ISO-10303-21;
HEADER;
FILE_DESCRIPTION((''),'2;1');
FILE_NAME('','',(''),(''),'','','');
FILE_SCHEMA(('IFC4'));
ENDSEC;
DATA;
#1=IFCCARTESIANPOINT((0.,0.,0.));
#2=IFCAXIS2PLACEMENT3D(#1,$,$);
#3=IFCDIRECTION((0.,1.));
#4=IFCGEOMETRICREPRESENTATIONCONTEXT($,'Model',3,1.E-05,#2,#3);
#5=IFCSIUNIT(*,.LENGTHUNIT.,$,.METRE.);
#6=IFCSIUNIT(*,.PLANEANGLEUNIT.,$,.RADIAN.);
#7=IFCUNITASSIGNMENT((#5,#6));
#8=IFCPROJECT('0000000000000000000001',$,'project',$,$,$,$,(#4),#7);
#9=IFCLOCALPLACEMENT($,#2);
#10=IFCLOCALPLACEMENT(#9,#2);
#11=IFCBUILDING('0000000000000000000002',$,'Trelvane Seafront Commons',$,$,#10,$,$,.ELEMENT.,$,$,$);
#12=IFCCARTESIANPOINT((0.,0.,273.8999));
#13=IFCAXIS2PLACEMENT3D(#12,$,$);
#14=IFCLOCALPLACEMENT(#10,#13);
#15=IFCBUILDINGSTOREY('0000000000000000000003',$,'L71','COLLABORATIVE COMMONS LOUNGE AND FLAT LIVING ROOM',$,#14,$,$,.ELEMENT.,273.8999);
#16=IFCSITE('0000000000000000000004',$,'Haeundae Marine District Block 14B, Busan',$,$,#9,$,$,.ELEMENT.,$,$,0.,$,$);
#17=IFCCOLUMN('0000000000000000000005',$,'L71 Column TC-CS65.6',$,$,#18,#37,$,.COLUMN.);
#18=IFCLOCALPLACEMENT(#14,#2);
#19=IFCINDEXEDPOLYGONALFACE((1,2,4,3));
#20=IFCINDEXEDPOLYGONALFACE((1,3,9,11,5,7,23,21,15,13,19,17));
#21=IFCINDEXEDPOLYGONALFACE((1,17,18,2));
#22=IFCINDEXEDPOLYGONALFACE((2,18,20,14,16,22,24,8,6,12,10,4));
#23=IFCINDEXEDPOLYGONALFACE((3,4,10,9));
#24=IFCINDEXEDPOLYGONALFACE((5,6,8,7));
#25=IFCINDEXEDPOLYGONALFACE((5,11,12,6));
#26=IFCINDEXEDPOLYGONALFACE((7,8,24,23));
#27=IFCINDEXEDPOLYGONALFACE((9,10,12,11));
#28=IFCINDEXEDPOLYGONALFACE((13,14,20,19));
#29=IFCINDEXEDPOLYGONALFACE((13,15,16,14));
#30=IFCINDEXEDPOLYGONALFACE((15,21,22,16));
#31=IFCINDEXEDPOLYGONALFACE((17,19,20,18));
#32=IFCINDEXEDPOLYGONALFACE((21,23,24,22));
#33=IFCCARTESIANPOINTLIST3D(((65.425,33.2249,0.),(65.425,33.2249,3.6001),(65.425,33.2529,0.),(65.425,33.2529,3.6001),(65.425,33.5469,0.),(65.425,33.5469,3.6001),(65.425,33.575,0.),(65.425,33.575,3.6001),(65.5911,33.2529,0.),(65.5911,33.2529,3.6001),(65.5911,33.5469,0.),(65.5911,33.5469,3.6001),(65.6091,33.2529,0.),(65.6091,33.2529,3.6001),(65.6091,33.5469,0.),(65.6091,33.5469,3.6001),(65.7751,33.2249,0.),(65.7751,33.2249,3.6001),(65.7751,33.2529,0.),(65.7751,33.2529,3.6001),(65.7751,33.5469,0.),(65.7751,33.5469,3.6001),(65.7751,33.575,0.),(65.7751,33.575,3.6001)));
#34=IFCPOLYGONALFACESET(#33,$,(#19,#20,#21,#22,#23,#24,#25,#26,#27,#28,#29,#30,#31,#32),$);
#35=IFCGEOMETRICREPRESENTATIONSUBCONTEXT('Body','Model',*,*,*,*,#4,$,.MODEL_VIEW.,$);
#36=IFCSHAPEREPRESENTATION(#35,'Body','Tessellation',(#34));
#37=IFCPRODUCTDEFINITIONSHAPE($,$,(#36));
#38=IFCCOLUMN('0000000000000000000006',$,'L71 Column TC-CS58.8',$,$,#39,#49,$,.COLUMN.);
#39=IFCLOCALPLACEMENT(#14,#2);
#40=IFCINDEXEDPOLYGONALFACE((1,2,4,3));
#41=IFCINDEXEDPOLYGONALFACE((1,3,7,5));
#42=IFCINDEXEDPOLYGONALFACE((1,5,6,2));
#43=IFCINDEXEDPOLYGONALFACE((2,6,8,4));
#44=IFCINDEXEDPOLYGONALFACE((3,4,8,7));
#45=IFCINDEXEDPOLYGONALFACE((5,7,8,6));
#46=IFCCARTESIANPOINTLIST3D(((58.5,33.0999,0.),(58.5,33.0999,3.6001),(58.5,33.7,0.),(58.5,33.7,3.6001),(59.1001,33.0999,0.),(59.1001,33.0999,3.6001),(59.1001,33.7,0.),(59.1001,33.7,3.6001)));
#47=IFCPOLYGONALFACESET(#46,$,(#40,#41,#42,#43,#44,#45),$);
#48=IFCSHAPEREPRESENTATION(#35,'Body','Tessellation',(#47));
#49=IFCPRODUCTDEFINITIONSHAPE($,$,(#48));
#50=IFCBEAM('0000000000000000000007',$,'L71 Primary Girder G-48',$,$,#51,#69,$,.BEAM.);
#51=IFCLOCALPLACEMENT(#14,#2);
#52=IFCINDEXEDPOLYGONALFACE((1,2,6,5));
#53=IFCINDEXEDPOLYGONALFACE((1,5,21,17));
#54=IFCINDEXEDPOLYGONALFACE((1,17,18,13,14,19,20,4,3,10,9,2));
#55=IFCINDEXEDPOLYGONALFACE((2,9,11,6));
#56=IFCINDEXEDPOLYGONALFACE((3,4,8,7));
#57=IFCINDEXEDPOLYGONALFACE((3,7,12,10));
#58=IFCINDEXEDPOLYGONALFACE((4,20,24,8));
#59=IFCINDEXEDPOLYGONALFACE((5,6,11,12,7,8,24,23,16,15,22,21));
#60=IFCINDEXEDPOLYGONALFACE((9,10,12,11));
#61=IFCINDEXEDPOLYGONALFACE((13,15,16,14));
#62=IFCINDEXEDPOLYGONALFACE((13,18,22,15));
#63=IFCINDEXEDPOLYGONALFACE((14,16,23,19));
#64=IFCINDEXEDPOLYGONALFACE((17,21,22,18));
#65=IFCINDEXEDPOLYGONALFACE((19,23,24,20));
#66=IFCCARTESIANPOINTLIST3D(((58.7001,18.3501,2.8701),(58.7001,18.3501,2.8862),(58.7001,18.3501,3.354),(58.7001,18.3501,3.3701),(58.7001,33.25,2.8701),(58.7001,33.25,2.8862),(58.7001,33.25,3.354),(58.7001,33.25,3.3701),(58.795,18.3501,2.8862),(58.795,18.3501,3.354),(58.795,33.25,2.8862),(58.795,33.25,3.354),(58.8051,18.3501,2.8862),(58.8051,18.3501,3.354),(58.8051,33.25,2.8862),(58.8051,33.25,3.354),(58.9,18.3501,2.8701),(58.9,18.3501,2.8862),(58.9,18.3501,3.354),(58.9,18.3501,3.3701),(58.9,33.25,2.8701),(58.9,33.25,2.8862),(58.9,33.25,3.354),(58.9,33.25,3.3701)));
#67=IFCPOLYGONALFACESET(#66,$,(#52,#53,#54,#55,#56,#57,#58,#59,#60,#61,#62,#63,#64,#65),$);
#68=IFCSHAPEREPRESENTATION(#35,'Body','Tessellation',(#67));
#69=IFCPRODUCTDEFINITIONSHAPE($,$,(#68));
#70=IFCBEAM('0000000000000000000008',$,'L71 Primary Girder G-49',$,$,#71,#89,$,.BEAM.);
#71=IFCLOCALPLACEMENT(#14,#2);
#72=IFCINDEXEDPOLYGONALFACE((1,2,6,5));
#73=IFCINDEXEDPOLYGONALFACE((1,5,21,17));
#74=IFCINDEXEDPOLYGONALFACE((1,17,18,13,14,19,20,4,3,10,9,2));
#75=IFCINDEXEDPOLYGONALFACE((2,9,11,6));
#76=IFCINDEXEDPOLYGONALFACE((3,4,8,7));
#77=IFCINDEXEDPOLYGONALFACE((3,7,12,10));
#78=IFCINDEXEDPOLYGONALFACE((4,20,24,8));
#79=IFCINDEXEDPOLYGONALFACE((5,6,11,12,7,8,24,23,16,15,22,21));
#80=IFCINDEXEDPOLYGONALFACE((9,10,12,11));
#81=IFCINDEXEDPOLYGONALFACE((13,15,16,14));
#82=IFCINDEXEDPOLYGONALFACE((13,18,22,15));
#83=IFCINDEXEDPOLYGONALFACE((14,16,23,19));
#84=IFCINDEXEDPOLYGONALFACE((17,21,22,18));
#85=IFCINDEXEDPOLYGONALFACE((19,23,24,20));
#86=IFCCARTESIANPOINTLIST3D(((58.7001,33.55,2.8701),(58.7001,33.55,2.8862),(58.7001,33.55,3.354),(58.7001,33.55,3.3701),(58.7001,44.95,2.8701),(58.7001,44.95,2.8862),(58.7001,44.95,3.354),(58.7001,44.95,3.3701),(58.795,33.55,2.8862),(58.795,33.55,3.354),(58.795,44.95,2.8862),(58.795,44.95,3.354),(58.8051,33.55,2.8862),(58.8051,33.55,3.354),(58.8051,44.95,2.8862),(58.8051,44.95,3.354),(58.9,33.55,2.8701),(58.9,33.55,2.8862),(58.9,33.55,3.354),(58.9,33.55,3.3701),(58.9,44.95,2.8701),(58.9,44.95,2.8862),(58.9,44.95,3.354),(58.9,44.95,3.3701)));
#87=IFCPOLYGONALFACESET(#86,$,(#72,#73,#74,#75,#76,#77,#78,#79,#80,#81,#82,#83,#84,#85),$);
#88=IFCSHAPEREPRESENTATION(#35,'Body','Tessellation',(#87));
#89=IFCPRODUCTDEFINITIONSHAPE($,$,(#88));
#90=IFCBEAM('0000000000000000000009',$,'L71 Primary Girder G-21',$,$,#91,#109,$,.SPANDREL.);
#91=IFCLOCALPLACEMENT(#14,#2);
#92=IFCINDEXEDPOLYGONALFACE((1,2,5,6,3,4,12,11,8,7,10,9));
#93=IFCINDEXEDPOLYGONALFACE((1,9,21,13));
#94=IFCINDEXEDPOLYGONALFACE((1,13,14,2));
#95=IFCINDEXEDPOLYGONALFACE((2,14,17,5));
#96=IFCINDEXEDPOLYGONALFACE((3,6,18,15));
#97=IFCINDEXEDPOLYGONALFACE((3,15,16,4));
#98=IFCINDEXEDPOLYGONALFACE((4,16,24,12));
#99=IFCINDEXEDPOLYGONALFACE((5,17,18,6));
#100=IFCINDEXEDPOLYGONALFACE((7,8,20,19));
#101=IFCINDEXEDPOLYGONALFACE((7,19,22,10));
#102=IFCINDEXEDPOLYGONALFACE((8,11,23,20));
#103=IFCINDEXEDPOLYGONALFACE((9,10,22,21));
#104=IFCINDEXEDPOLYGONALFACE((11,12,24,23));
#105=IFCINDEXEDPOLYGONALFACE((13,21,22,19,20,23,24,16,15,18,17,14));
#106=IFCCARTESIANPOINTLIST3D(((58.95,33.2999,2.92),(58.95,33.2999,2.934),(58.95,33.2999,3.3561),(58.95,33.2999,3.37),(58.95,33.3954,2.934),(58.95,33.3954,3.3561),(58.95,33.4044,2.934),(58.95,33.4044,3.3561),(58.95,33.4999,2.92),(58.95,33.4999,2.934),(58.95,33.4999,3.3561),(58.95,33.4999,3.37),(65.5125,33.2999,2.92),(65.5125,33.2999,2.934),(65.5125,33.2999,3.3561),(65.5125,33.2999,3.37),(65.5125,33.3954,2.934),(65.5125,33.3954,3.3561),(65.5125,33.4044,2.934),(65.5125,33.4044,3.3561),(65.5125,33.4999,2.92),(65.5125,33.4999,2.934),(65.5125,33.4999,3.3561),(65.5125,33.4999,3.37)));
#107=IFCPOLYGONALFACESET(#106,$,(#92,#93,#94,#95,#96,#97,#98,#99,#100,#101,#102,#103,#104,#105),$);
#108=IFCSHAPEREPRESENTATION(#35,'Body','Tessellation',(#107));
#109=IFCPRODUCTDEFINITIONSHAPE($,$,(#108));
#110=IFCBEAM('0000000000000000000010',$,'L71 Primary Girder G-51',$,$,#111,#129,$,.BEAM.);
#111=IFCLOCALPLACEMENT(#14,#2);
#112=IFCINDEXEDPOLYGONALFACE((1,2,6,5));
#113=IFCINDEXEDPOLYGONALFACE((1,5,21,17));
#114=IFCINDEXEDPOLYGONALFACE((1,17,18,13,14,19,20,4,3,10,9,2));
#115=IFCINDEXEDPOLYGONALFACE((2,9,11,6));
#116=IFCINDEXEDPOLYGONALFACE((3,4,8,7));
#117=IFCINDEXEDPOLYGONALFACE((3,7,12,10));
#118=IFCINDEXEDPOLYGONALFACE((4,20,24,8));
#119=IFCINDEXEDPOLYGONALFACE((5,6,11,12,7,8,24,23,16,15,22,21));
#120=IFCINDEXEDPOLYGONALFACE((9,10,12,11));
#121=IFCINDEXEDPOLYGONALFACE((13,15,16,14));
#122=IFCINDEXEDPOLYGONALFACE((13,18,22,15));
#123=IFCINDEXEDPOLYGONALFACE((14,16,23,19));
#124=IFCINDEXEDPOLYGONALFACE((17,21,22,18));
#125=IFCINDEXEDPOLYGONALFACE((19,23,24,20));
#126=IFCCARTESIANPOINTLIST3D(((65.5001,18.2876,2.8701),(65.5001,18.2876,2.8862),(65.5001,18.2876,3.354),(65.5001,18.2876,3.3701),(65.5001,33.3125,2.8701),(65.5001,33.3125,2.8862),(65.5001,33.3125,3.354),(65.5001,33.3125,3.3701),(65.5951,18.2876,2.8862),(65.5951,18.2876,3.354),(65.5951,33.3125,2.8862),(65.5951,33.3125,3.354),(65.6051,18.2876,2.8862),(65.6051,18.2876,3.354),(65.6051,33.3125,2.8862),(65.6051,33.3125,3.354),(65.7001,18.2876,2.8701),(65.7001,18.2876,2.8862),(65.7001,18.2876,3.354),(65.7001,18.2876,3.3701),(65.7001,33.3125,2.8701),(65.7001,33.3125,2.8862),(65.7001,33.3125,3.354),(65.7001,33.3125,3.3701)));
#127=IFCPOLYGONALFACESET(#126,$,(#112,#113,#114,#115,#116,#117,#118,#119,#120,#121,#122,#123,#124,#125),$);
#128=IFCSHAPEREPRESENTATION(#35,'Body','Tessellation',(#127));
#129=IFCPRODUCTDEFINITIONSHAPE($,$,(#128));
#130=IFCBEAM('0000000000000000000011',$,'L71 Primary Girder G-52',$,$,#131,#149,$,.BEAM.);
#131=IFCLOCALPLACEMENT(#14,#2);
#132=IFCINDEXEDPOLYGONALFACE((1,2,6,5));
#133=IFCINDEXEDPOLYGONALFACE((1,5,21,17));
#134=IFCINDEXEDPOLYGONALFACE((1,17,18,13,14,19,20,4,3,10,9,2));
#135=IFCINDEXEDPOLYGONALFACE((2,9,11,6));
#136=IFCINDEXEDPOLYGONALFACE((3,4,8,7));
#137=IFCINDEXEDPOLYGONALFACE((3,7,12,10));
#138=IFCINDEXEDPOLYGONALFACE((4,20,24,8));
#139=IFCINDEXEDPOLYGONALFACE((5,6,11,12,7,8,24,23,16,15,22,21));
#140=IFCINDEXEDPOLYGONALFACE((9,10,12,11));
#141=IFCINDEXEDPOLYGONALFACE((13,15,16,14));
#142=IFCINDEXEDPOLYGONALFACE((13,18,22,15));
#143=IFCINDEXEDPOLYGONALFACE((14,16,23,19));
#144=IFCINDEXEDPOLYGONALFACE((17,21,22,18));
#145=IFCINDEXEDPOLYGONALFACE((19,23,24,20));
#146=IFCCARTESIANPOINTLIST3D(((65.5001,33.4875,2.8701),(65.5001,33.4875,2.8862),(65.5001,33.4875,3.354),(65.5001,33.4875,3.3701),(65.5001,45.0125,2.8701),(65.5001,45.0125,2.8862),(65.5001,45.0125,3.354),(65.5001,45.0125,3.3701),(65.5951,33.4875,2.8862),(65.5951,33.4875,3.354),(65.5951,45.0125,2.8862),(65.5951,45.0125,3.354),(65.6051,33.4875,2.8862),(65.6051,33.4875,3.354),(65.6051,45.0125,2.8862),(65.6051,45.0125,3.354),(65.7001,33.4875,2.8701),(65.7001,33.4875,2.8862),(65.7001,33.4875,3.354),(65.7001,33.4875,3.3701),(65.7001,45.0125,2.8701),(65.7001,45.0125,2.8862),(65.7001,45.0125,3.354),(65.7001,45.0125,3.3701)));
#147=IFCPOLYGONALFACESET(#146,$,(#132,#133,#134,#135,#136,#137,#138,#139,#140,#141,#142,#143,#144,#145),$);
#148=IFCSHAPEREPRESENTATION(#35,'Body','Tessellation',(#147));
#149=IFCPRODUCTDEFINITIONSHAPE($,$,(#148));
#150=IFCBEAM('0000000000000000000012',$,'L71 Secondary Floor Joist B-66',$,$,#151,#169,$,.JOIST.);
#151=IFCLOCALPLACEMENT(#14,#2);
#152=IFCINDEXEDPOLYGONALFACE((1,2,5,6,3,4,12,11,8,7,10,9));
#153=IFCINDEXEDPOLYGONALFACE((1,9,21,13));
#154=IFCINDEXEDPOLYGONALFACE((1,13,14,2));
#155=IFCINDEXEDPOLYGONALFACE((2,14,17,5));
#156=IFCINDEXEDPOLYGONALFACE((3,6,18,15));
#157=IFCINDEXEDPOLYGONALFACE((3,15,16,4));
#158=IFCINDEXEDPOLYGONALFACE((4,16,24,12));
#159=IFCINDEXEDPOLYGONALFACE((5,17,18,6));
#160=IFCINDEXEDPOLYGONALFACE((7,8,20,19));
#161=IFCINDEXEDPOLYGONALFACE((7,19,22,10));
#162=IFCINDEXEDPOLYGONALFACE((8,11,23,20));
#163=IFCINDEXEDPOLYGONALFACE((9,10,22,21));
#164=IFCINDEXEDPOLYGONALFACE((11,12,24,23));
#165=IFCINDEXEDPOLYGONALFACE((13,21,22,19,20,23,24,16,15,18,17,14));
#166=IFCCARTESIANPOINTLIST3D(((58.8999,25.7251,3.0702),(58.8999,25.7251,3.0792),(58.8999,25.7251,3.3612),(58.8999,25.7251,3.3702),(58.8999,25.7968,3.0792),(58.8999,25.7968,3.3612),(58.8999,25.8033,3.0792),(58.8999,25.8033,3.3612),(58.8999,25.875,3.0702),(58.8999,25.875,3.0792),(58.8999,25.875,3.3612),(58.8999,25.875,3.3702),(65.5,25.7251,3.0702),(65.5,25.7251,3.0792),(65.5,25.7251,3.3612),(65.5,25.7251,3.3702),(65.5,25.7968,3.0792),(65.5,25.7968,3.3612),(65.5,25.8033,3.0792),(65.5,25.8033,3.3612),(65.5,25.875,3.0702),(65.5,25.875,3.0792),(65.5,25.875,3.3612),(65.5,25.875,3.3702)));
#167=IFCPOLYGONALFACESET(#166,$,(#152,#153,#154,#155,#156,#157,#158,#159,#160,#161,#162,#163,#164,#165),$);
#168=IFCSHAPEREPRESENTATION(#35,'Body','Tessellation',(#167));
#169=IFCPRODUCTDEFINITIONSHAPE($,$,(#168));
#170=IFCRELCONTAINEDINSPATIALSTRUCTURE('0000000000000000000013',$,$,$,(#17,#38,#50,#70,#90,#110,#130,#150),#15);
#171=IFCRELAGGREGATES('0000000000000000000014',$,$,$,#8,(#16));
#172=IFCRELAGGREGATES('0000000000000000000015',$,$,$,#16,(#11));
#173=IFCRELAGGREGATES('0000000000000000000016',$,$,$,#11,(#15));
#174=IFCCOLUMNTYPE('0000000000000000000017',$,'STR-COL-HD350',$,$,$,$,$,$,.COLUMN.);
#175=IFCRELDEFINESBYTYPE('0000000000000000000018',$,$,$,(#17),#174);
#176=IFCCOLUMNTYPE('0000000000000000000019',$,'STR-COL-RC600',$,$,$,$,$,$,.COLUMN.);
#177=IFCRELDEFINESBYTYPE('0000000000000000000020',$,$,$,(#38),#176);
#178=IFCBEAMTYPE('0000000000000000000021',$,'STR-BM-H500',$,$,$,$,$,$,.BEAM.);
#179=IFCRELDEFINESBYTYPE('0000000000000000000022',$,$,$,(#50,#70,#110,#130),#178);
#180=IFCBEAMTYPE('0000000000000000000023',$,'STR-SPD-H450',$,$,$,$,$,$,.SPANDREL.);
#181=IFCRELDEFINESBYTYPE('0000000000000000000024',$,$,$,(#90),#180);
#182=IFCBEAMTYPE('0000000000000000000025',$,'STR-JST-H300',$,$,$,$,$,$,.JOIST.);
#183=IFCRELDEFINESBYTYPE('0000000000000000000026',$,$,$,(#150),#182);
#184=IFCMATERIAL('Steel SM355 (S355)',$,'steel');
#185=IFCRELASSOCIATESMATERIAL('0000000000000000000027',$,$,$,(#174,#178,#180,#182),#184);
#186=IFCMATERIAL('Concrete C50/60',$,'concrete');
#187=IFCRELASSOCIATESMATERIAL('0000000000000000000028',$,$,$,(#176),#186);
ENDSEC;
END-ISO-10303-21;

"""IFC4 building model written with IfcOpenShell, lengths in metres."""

from ifc_helpers import new_model, si_unit, direction, frame, origin, origin_2d, place, context, subcontext, project, spatial, rectangle, i_section, extrude, source, transform, mapped, material, material_profile, profile_set, type_object, element, save


model = new_model("IFC4")

# Units and contexts
model_context = context("Model", 3, precision=1e-05, world=origin(), true_north=direction((0.0, 1.0)))
body_context = subcontext(model_context, "Body", "Model", "MODEL_VIEW")
ifc_project = project(units=[si_unit("LENGTHUNIT", "METRE"), si_unit("PLANEANGLEUNIT", "RADIAN")], contexts=[model_context])

# Site, building, storey
site_placement = place(None, origin())
site = spatial("IfcSite", under=ifc_project, at=site_placement, Name="Haeundae Marine District Block 14B, Busan", CompositionType="ELEMENT", RefElevation=0.0)
building_placement = place(site_placement, origin())
building = spatial("IfcBuilding", under=site, at=building_placement, Name="Trelvane Seafront Commons", CompositionType="ELEMENT")
storey_placement = place(building_placement, frame((0.0, 0.0, 273.8999)))
storey = spatial("IfcBuildingStorey", under=building, at=storey_placement, Name="L71", Description="COLLABORATIVE COMMONS LOUNGE AND FLAT LIVING ROOM", CompositionType="ELEMENT", Elevation=273.8999)

# Columns
ifc_material_1 = material(Name="Steel SM355 (S355)", Category="steel")
ifc_material_profile_1 = material_profile(ifc_material_1, i_section(OverallWidth=0.3501, OverallDepth=0.3501, WebThickness=0.0181, FlangeThickness=0.0281, at=origin_2d()), Name="HD-350x350x18x28")
ifc_profile_set_1 = profile_set([ifc_material_profile_1], Name="Steel SM355 (S355)")
column_type_1 = type_object("IfcColumnType", Name="STR-COL-HD350", PredefinedType="COLUMN", material=ifc_profile_set_1)
shared_shape_1 = source(origin(), body_context, "Body", "SweptSolid", [
    extrude(i_section(OverallWidth=0.3501, OverallDepth=0.3501, WebThickness=0.0181, FlangeThickness=0.0281, at=origin_2d()), origin(), (0.0, 0.0, 1.0), 3.6001),
])
column_1_placement = place(storey_placement, frame((65.6001, 33.3999, 0.0), z_axis=(0.0, 0.0, 1.0), x_axis=(1.0, 0.0, 0.0)))
element("IfcColumn", 1, at=column_1_placement, inside=storey, type_object=column_type_1, Name="L71 Column TC-CS65.6", PredefinedType="COLUMN", context=body_context, shape_type="MappedRepresentation", body=[
    mapped(shared_shape_1, transform((0.0, 0.0, 0.0), x_axis=(1.0, 0.0, 0.0), y_axis=(0.0, 1.0, 0.0), z_axis=(0.0, 0.0, 1.0), scale=1.0)),
])
ifc_material_2 = material(Name="Concrete C50/60", Category="concrete")
ifc_material_profile_2 = material_profile(ifc_material_2, rectangle(XDim=0.6001, YDim=0.6001, at=origin_2d()), Name="RC-600x600")
ifc_profile_set_2 = profile_set([ifc_material_profile_2], Name="Concrete C50/60")
column_type_2 = type_object("IfcColumnType", Name="STR-COL-RC600", PredefinedType="COLUMN", material=ifc_profile_set_2)
shared_shape_2 = source(origin(), body_context, "Body", "SweptSolid", [
    extrude(rectangle(XDim=0.6001, YDim=0.6001, at=origin_2d()), origin(), (0.0, 0.0, 1.0), 3.6001),
])
column_2_placement = place(storey_placement, frame((58.8, 33.3999, 0.0), z_axis=(0.0, 0.0, 1.0), x_axis=(1.0, 0.0, 0.0)))
element("IfcColumn", 2, at=column_2_placement, inside=storey, type_object=column_type_2, Name="L71 Column TC-CS58.8", PredefinedType="COLUMN", context=body_context, shape_type="MappedRepresentation", body=[
    mapped(shared_shape_2, transform((0.0, 0.0, 0.0), x_axis=(1.0, 0.0, 0.0), y_axis=(0.0, 1.0, 0.0), z_axis=(0.0, 0.0, 1.0), scale=1.0)),
])

# Beams
ifc_material_profile_3 = material_profile(ifc_material_1, i_section(OverallWidth=0.2, OverallDepth=0.5, WebThickness=0.01, FlangeThickness=0.0161, at=origin_2d()), Name="H-500x200x10x16")
ifc_profile_set_3 = profile_set([ifc_material_profile_3], Name="Steel SM355 (S355)")
beam_type_1 = type_object("IfcBeamType", Name="STR-BM-H500", PredefinedType="BEAM", material=ifc_profile_set_3)
shared_shape_3 = source(origin(), body_context, "Body", "SweptSolid", [
    extrude(i_section(OverallWidth=0.2, OverallDepth=0.5, WebThickness=0.01, FlangeThickness=0.0161, at=origin_2d()), origin(), (0.0, 0.0, 1.0), 14.8999),
])
beam_1_placement = place(storey_placement, frame((58.8, 18.3501, 3.1201), z_axis=(0.0, 1.0, 0.0), x_axis=(-1.0, 0.0, 0.0)))
element("IfcBeam", 3, at=beam_1_placement, inside=storey, type_object=beam_type_1, Name="L71 Primary Girder G-48", PredefinedType="BEAM", context=body_context, shape_type="MappedRepresentation", body=[
    mapped(shared_shape_3, transform((0.0, 0.0, 0.0), x_axis=(1.0, 0.0, 0.0), y_axis=(0.0, 1.0, 0.0), z_axis=(0.0, 0.0, 1.0), scale=1.0)),
])
shared_shape_4 = source(origin(), body_context, "Body", "SweptSolid", [
    extrude(i_section(OverallWidth=0.2, OverallDepth=0.5, WebThickness=0.01, FlangeThickness=0.0161, at=origin_2d()), origin(), (0.0, 0.0, 1.0), 11.3999),
])
beam_2_placement = place(storey_placement, frame((58.8, 33.55, 3.1201), z_axis=(0.0, 1.0, 0.0), x_axis=(-1.0, 0.0, 0.0)))
element("IfcBeam", 4, at=beam_2_placement, inside=storey, type_object=beam_type_1, Name="L71 Primary Girder G-49", PredefinedType="BEAM", context=body_context, shape_type="MappedRepresentation", body=[
    mapped(shared_shape_4, transform((0.0, 0.0, 0.0), x_axis=(1.0, 0.0, 0.0), y_axis=(0.0, 1.0, 0.0), z_axis=(0.0, 0.0, 1.0), scale=1.0)),
])
ifc_material_profile_4 = material_profile(ifc_material_1, i_section(OverallWidth=0.2, OverallDepth=0.45, WebThickness=0.009, FlangeThickness=0.0139, at=origin_2d()), Name="H-450x200x9x14")
ifc_profile_set_4 = profile_set([ifc_material_profile_4], Name="Steel SM355 (S355)")
beam_type_2 = type_object("IfcBeamType", Name="STR-SPD-H450", PredefinedType="SPANDREL", material=ifc_profile_set_4)
shared_shape_5 = source(origin(), body_context, "Body", "SweptSolid", [
    extrude(i_section(OverallWidth=0.2, OverallDepth=0.45, WebThickness=0.009, FlangeThickness=0.0139, at=origin_2d()), origin(), (0.0, 0.0, 1.0), 6.5625),
])
beam_3_placement = place(storey_placement, frame((58.95, 33.3999, 3.145), z_axis=(1.0, 0.0, 0.0), x_axis=(0.0, 1.0, 0.0)))
element("IfcBeam", 5, at=beam_3_placement, inside=storey, type_object=beam_type_2, Name="L71 Primary Girder G-21", PredefinedType="SPANDREL", context=body_context, shape_type="MappedRepresentation", body=[
    mapped(shared_shape_5, transform((0.0, 0.0, 0.0), x_axis=(1.0, 0.0, 0.0), y_axis=(0.0, 1.0, 0.0), z_axis=(0.0, 0.0, 1.0), scale=1.0)),
])
shared_shape_6 = source(origin(), body_context, "Body", "SweptSolid", [
    extrude(i_section(OverallWidth=0.2, OverallDepth=0.5, WebThickness=0.01, FlangeThickness=0.0161, at=origin_2d()), origin(), (0.0, 0.0, 1.0), 15.0249),
])
beam_4_placement = place(storey_placement, frame((65.6001, 18.2876, 3.1201), z_axis=(0.0, 1.0, 0.0), x_axis=(-1.0, 0.0, 0.0)))
element("IfcBeam", 6, at=beam_4_placement, inside=storey, type_object=beam_type_1, Name="L71 Primary Girder G-51", PredefinedType="BEAM", context=body_context, shape_type="MappedRepresentation", body=[
    mapped(shared_shape_6, transform((0.0, 0.0, 0.0), x_axis=(1.0, 0.0, 0.0), y_axis=(0.0, 1.0, 0.0), z_axis=(0.0, 0.0, 1.0), scale=1.0)),
])
shared_shape_7 = source(origin(), body_context, "Body", "SweptSolid", [
    extrude(i_section(OverallWidth=0.2, OverallDepth=0.5, WebThickness=0.01, FlangeThickness=0.0161, at=origin_2d()), origin(), (0.0, 0.0, 1.0), 11.5249),
])
beam_5_placement = place(storey_placement, frame((65.6001, 33.4875, 3.1201), z_axis=(0.0, 1.0, 0.0), x_axis=(-1.0, 0.0, 0.0)))
element("IfcBeam", 7, at=beam_5_placement, inside=storey, type_object=beam_type_1, Name="L71 Primary Girder G-52", PredefinedType="BEAM", context=body_context, shape_type="MappedRepresentation", body=[
    mapped(shared_shape_7, transform((0.0, 0.0, 0.0), x_axis=(1.0, 0.0, 0.0), y_axis=(0.0, 1.0, 0.0), z_axis=(0.0, 0.0, 1.0), scale=1.0)),
])
ifc_material_profile_5 = material_profile(ifc_material_1, i_section(OverallWidth=0.1499, OverallDepth=0.3, WebThickness=0.0066, FlangeThickness=0.009, at=origin_2d()), Name="H-300x150x6.5x9")
ifc_profile_set_5 = profile_set([ifc_material_profile_5], Name="Steel SM355 (S355)")
beam_type_3 = type_object("IfcBeamType", Name="STR-JST-H300", PredefinedType="JOIST", material=ifc_profile_set_5)
shared_shape_8 = source(origin(), body_context, "Body", "SweptSolid", [
    extrude(i_section(OverallWidth=0.1499, OverallDepth=0.3, WebThickness=0.0066, FlangeThickness=0.009, at=origin_2d()), origin(), (0.0, 0.0, 1.0), 6.6001),
])
beam_6_placement = place(storey_placement, frame((58.8999, 25.8, 3.2202), z_axis=(1.0, 0.0, 0.0), x_axis=(0.0, 1.0, 0.0)))
element("IfcBeam", 8, at=beam_6_placement, inside=storey, type_object=beam_type_3, Name="L71 Secondary Floor Joist B-66", PredefinedType="JOIST", context=body_context, shape_type="MappedRepresentation", body=[
    mapped(shared_shape_8, transform((0.0, 0.0, 0.0), x_axis=(1.0, 0.0, 0.0), y_axis=(0.0, 1.0, 0.0), z_axis=(0.0, 0.0, 1.0), scale=1.0)),
])

save(model, "model.ifc")
